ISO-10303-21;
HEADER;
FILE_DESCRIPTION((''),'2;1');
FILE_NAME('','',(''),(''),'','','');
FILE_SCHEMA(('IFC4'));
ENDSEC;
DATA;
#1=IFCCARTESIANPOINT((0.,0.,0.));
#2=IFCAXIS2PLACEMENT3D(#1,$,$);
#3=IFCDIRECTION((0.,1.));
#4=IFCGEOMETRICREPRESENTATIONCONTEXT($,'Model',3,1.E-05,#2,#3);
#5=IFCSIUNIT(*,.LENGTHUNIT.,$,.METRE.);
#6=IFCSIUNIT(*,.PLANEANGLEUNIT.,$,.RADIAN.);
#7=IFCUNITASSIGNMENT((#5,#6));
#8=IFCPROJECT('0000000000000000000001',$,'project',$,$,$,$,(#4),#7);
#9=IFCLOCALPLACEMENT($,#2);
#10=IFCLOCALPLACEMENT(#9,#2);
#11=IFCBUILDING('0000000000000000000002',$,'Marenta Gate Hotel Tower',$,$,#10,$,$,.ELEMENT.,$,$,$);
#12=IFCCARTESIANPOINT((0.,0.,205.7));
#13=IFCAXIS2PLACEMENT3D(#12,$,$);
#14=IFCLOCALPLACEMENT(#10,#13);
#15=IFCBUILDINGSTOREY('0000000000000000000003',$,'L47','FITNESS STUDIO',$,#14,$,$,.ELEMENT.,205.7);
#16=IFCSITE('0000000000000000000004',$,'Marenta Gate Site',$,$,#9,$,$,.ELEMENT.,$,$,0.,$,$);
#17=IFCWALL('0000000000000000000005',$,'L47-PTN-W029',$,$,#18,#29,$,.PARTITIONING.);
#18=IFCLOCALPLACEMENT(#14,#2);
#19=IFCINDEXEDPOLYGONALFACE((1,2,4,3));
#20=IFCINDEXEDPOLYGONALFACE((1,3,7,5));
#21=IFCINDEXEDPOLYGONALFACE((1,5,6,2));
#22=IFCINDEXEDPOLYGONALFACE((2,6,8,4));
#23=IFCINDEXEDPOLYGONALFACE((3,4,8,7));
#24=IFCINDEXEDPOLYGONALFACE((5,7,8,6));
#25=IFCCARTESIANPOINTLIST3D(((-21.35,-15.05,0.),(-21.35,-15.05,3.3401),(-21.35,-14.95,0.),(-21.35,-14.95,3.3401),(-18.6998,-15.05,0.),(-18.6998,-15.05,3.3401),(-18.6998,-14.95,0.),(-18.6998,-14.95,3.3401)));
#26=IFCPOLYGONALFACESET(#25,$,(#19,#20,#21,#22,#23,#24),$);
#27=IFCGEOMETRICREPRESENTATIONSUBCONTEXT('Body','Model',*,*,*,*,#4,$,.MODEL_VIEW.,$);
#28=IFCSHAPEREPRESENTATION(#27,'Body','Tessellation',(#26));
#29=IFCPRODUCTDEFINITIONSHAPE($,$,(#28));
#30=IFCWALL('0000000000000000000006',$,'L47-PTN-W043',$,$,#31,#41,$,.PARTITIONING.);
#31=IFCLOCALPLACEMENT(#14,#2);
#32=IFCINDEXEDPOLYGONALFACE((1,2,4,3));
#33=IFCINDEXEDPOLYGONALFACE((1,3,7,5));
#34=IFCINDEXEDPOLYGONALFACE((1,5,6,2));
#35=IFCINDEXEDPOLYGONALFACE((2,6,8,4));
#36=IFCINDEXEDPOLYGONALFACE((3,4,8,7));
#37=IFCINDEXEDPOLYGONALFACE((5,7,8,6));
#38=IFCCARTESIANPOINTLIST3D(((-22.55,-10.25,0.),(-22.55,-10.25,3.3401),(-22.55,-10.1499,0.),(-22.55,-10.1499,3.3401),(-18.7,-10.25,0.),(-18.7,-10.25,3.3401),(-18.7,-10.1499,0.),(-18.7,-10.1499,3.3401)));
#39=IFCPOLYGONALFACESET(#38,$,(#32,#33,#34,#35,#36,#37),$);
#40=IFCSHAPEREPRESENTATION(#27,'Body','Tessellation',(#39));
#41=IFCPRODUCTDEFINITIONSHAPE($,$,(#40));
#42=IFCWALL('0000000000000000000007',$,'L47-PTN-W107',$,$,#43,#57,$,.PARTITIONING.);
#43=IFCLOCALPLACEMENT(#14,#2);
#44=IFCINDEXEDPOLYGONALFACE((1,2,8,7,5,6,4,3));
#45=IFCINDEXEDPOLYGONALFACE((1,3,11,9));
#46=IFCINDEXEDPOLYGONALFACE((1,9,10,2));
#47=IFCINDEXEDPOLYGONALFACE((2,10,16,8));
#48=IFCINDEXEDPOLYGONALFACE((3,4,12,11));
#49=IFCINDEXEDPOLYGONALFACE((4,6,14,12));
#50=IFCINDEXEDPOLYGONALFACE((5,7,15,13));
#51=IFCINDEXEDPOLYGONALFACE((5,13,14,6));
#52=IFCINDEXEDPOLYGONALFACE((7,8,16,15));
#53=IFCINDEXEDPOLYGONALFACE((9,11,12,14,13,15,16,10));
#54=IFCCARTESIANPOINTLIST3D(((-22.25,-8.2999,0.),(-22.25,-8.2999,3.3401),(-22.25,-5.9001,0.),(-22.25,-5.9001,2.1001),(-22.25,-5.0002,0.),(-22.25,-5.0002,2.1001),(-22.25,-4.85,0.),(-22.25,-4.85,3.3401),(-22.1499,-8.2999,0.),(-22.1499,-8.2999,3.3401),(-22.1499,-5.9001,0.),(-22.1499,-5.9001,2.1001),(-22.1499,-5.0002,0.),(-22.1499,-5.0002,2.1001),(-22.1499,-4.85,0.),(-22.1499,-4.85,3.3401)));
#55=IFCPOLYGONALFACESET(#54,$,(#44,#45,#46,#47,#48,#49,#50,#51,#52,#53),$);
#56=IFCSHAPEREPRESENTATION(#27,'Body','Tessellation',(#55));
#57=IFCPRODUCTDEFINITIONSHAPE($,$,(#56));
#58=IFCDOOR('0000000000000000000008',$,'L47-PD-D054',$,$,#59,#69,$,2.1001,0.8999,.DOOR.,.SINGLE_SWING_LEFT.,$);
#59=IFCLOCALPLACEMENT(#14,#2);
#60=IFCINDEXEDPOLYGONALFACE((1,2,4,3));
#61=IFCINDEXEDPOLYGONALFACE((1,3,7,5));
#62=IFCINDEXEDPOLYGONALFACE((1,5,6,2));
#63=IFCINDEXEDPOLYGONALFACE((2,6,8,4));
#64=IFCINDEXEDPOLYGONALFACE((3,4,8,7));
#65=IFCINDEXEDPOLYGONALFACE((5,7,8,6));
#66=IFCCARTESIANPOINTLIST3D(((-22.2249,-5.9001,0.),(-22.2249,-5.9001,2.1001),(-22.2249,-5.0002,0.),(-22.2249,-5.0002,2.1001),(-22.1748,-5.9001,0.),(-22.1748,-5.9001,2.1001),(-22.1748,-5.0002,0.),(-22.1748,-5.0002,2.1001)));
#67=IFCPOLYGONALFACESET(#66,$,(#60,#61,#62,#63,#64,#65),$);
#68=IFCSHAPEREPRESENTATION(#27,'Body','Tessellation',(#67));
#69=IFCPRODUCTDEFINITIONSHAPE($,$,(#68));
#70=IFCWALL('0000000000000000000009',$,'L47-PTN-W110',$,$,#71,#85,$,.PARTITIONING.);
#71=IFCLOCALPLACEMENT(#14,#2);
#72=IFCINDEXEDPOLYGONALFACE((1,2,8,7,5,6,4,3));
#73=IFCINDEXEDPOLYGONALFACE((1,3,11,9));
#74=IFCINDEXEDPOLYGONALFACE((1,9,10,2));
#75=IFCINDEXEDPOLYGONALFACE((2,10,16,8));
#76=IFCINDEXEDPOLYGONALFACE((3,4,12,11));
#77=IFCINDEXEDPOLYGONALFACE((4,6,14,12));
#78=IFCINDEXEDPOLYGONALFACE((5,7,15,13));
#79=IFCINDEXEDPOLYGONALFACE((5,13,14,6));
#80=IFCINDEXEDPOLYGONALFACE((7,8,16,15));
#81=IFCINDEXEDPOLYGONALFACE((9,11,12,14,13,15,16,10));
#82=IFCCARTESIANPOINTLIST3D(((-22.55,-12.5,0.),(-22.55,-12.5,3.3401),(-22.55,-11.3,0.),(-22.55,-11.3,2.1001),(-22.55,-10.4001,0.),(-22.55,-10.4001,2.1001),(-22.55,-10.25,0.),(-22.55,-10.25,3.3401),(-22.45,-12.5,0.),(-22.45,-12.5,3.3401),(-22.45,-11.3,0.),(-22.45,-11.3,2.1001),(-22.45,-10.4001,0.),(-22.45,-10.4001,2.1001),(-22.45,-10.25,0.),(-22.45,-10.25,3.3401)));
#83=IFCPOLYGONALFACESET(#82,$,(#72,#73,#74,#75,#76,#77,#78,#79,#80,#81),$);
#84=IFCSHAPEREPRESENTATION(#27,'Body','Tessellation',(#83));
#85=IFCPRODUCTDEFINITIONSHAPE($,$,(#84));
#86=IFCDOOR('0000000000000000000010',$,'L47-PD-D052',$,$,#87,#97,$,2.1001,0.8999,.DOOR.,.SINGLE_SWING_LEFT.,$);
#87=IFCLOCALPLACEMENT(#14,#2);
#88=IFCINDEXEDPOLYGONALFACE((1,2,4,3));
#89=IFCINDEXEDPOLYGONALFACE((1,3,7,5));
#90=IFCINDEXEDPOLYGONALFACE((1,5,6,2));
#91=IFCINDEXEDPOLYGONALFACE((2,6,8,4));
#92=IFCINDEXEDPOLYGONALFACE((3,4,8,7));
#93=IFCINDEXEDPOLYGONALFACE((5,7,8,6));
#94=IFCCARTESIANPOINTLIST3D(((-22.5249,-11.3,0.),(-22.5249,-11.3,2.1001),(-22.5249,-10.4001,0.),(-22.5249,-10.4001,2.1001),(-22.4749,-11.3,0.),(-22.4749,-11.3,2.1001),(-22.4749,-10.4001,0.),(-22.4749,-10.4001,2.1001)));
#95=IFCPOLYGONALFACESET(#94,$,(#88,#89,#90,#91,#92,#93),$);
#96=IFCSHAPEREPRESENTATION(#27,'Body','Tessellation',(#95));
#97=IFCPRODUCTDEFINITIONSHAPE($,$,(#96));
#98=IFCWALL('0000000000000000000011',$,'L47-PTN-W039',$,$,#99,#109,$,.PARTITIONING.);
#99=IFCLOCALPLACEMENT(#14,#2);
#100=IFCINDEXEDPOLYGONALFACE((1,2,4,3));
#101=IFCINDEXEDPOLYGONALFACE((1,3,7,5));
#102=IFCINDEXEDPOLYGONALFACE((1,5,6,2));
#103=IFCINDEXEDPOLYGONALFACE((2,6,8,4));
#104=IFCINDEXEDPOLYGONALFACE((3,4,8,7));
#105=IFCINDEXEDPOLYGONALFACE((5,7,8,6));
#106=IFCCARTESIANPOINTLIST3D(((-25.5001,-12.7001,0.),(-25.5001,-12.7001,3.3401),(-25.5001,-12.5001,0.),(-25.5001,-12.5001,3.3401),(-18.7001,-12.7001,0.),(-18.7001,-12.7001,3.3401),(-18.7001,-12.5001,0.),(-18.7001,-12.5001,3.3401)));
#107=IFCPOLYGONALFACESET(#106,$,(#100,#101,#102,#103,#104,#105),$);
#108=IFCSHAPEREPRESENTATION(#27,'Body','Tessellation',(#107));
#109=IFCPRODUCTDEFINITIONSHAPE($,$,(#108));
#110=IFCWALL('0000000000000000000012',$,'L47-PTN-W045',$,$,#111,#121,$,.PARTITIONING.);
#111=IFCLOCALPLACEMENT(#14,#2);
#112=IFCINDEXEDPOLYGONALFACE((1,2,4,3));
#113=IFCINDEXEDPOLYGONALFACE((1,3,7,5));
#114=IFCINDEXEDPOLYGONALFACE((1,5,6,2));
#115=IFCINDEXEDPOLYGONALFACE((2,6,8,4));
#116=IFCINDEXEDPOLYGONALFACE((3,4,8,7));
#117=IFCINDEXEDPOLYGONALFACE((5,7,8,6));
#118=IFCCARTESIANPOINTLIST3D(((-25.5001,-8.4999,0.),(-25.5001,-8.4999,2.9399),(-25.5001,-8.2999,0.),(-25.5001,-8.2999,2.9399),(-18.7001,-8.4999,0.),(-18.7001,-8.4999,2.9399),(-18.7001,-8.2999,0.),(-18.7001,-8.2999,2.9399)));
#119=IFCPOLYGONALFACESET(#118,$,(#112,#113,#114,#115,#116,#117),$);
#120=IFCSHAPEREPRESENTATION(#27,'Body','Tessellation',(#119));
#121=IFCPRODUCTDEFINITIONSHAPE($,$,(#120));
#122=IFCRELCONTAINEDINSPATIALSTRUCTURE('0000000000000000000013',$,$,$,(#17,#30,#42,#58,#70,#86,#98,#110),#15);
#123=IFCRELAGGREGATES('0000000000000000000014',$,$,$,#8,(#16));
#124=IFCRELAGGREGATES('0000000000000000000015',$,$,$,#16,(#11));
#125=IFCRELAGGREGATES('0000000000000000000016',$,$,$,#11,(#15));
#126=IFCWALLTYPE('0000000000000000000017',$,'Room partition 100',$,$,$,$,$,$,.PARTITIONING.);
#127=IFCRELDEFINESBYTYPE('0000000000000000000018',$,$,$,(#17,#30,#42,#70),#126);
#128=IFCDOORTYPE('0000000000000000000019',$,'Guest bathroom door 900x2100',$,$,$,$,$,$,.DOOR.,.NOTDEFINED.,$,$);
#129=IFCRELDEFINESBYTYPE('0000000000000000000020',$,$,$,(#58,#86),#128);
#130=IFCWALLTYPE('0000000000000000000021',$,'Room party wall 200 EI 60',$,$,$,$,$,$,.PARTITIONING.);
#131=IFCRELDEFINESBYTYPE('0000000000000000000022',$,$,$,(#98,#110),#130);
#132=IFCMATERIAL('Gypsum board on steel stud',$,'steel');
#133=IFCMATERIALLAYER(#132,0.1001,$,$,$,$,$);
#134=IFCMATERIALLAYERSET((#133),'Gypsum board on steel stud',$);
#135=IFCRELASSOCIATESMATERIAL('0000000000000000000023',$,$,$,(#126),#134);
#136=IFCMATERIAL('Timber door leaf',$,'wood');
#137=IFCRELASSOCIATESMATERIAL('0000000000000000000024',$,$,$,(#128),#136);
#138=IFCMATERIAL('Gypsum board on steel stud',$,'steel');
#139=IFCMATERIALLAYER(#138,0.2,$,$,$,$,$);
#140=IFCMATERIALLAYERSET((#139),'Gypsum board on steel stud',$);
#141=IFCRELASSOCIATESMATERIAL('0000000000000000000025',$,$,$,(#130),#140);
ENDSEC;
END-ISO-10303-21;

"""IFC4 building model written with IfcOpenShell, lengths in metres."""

from ifc_helpers import new_model, si_unit, direction, frame, frame_2d, origin, place, context, subcontext, project, spatial, rectangle, extrude, material, layer, layer_set, type_object, element, fill, save


model = new_model("IFC4")

# Units and contexts
model_context = context("Model", 3, precision=1e-05, world=origin(), true_north=direction((0.0, 1.0)))
body_context = subcontext(model_context, "Body", "Model", "MODEL_VIEW")
ifc_project = project(units=[si_unit("LENGTHUNIT", "METRE"), si_unit("PLANEANGLEUNIT", "RADIAN")], contexts=[model_context])

# Site, building, storey
site_placement = place(None, origin())
site = spatial("IfcSite", under=ifc_project, at=site_placement, Name="Marenta Gate Site", CompositionType="ELEMENT", RefElevation=0.0)
building_placement = place(site_placement, origin())
building = spatial("IfcBuilding", under=site, at=building_placement, Name="Marenta Gate Hotel Tower", CompositionType="ELEMENT")
storey_placement = place(building_placement, frame((0.0, 0.0, 205.7)))
storey = spatial("IfcBuildingStorey", under=building, at=storey_placement, Name="L47", Description="FITNESS STUDIO", CompositionType="ELEMENT", Elevation=205.7)

# Walls
ifc_material_1 = material(Name="Gypsum board on steel stud", Category="steel")
ifc_layer_1 = layer(ifc_material_1, 0.1001)
ifc_layer_set_1 = layer_set([ifc_layer_1], Name="Gypsum board on steel stud")
wall_type_1 = type_object("IfcWallType", Name="Room partition 100", PredefinedType="PARTITIONING", material=ifc_layer_set_1)
wall_1_placement = place(storey_placement, frame((-21.3501, -15.0, 0.0), z_axis=(0.0, 0.0, 1.0), x_axis=(1.0, 0.0, 0.0)))
element("IfcWall", 1, at=wall_1_placement, inside=storey, type_object=wall_type_1, Name="L47-PTN-W029", PredefinedType="PARTITIONING", context=body_context, shape_type="SweptSolid", body=[
    extrude(rectangle(XDim=2.6501, YDim=0.1001, at=frame_2d((1.3252, 0.0))), origin(), (0.0, 0.0, 1.0), 3.3401),
])
wall_2_placement = place(storey_placement, frame((-22.55, -10.2, 0.0), z_axis=(0.0, 0.0, 1.0), x_axis=(1.0, 0.0, 0.0)))
element("IfcWall", 2, at=wall_2_placement, inside=storey, type_object=wall_type_1, Name="L47-PTN-W043", PredefinedType="PARTITIONING", context=body_context, shape_type="SweptSolid", body=[
    extrude(rectangle(XDim=3.8501, YDim=0.1001, at=frame_2d((1.925, 0.0))), origin(), (0.0, 0.0, 1.0), 3.3401),
])

# Walls, openings, doors
wall_3_placement = place(storey_placement, frame((-22.2, -8.3, 0.0), z_axis=(0.0, 0.0, 1.0), x_axis=(0.0, 1.0, 0.0)))
wall_3 = element("IfcWall", 3, at=wall_3_placement, inside=storey, type_object=wall_type_1, Name="L47-PTN-W107", PredefinedType="PARTITIONING", context=body_context, shape_type="SweptSolid", body=[
    extrude(rectangle(XDim=3.45, YDim=0.1001, at=frame_2d((1.7251, 0.0))), origin(), (0.0, 0.0, 1.0), 3.3401),
])
opening_1_placement = place(wall_3_placement, frame((2.3999, 0.0, 0.0)))
opening_1 = element("IfcOpeningElement", 4, at=opening_1_placement, cuts=wall_3, PredefinedType="OPENING", context=body_context, shape_type="SweptSolid", body=[
    extrude(rectangle(XDim=0.8999, YDim=2.1001, at=frame_2d((0.45, 1.05))), frame((0.0, 0.05, 0.0), z_axis=(0.0, -1.0, 0.0), x_axis=(1.0, 0.0, 0.0)), (0.0, 0.0, 1.0), 0.1001),
])
ifc_material_2 = material(Name="Timber door leaf", Category="wood")
door_type_1 = type_object("IfcDoorType", Name="Guest bathroom door 900x2100", OperationType="NOTDEFINED", PredefinedType="DOOR", material=ifc_material_2)
door_1_placement = place(opening_1_placement, origin())
door_1 = element("IfcDoor", 5, at=door_1_placement, inside=storey, type_object=door_type_1, Name="L47-PD-D054", OperationType="SINGLE_SWING_LEFT", OverallHeight=2.1001, OverallWidth=0.8999, PredefinedType="DOOR", context=body_context, shape_type="SweptSolid", body=[
    extrude(rectangle(XDim=0.8999, YDim=2.1001, at=frame_2d((0.45, 1.05))), frame((0.0, 0.0249, 0.0), z_axis=(0.0, -1.0, 0.0), x_axis=(1.0, 0.0, 0.0)), (0.0, 0.0, 1.0), 0.05),
])
fill(opening_1, door_1)
wall_4_placement = place(storey_placement, frame((-22.5, -12.5, 0.0), z_axis=(0.0, 0.0, 1.0), x_axis=(0.0, 1.0, 0.0)))
wall_4 = element("IfcWall", 6, at=wall_4_placement, inside=storey, type_object=wall_type_1, Name="L47-PTN-W110", PredefinedType="PARTITIONING", context=body_context, shape_type="SweptSolid", body=[
    extrude(rectangle(XDim=2.25, YDim=0.1001, at=frame_2d((1.125, 0.0))), origin(), (0.0, 0.0, 1.0), 3.3401),
])
opening_2_placement = place(wall_4_placement, frame((1.2, 0.0, 0.0)))
opening_2 = element("IfcOpeningElement", 7, at=opening_2_placement, cuts=wall_4, PredefinedType="OPENING", context=body_context, shape_type="SweptSolid", body=[
    extrude(rectangle(XDim=0.8999, YDim=2.1001, at=frame_2d((0.45, 1.05))), frame((0.0, 0.05, 0.0), z_axis=(0.0, -1.0, 0.0), x_axis=(1.0, 0.0, 0.0)), (0.0, 0.0, 1.0), 0.1001),
])
door_2_placement = place(opening_2_placement, origin())
door_2 = element("IfcDoor", 8, at=door_2_placement, inside=storey, type_object=door_type_1, Name="L47-PD-D052", OperationType="SINGLE_SWING_LEFT", OverallHeight=2.1001, OverallWidth=0.8999, PredefinedType="DOOR", context=body_context, shape_type="SweptSolid", body=[
    extrude(rectangle(XDim=0.8999, YDim=2.1001, at=frame_2d((0.45, 1.05))), frame((0.0, 0.0249, 0.0), z_axis=(0.0, -1.0, 0.0), x_axis=(1.0, 0.0, 0.0)), (0.0, 0.0, 1.0), 0.05),
])
fill(opening_2, door_2)

# Walls
ifc_material_3 = material(Name="Gypsum board on steel stud", Category="steel")
ifc_layer_2 = layer(ifc_material_3, 0.2)
ifc_layer_set_2 = layer_set([ifc_layer_2], Name="Gypsum board on steel stud")
wall_type_2 = type_object("IfcWallType", Name="Room party wall 200 EI 60", PredefinedType="PARTITIONING", material=ifc_layer_set_2)
wall_5_placement = place(storey_placement, frame((-25.5, -12.6001, 0.0), z_axis=(0.0, 0.0, 1.0), x_axis=(1.0, 0.0, 0.0)))
element("IfcWall", 9, at=wall_5_placement, inside=storey, type_object=wall_type_2, Name="L47-PTN-W039", PredefinedType="PARTITIONING", context=body_context, shape_type="SweptSolid", body=[
    extrude(rectangle(XDim=6.8, YDim=0.2, at=frame_2d((3.3999, 0.0))), origin(), (0.0, 0.0, 1.0), 3.3401),
])
wall_6_placement = place(storey_placement, frame((-25.5, -8.3999, 0.0), z_axis=(0.0, 0.0, 1.0), x_axis=(1.0, 0.0, 0.0)))
element("IfcWall", 10, at=wall_6_placement, inside=storey, type_object=wall_type_2, Name="L47-PTN-W045", PredefinedType="PARTITIONING", context=body_context, shape_type="SweptSolid", body=[
    extrude(rectangle(XDim=6.8, YDim=0.2, at=frame_2d((3.3999, 0.0))), origin(), (0.0, 0.0, 1.0), 2.9399),
])

save(model, "model.ifc")
